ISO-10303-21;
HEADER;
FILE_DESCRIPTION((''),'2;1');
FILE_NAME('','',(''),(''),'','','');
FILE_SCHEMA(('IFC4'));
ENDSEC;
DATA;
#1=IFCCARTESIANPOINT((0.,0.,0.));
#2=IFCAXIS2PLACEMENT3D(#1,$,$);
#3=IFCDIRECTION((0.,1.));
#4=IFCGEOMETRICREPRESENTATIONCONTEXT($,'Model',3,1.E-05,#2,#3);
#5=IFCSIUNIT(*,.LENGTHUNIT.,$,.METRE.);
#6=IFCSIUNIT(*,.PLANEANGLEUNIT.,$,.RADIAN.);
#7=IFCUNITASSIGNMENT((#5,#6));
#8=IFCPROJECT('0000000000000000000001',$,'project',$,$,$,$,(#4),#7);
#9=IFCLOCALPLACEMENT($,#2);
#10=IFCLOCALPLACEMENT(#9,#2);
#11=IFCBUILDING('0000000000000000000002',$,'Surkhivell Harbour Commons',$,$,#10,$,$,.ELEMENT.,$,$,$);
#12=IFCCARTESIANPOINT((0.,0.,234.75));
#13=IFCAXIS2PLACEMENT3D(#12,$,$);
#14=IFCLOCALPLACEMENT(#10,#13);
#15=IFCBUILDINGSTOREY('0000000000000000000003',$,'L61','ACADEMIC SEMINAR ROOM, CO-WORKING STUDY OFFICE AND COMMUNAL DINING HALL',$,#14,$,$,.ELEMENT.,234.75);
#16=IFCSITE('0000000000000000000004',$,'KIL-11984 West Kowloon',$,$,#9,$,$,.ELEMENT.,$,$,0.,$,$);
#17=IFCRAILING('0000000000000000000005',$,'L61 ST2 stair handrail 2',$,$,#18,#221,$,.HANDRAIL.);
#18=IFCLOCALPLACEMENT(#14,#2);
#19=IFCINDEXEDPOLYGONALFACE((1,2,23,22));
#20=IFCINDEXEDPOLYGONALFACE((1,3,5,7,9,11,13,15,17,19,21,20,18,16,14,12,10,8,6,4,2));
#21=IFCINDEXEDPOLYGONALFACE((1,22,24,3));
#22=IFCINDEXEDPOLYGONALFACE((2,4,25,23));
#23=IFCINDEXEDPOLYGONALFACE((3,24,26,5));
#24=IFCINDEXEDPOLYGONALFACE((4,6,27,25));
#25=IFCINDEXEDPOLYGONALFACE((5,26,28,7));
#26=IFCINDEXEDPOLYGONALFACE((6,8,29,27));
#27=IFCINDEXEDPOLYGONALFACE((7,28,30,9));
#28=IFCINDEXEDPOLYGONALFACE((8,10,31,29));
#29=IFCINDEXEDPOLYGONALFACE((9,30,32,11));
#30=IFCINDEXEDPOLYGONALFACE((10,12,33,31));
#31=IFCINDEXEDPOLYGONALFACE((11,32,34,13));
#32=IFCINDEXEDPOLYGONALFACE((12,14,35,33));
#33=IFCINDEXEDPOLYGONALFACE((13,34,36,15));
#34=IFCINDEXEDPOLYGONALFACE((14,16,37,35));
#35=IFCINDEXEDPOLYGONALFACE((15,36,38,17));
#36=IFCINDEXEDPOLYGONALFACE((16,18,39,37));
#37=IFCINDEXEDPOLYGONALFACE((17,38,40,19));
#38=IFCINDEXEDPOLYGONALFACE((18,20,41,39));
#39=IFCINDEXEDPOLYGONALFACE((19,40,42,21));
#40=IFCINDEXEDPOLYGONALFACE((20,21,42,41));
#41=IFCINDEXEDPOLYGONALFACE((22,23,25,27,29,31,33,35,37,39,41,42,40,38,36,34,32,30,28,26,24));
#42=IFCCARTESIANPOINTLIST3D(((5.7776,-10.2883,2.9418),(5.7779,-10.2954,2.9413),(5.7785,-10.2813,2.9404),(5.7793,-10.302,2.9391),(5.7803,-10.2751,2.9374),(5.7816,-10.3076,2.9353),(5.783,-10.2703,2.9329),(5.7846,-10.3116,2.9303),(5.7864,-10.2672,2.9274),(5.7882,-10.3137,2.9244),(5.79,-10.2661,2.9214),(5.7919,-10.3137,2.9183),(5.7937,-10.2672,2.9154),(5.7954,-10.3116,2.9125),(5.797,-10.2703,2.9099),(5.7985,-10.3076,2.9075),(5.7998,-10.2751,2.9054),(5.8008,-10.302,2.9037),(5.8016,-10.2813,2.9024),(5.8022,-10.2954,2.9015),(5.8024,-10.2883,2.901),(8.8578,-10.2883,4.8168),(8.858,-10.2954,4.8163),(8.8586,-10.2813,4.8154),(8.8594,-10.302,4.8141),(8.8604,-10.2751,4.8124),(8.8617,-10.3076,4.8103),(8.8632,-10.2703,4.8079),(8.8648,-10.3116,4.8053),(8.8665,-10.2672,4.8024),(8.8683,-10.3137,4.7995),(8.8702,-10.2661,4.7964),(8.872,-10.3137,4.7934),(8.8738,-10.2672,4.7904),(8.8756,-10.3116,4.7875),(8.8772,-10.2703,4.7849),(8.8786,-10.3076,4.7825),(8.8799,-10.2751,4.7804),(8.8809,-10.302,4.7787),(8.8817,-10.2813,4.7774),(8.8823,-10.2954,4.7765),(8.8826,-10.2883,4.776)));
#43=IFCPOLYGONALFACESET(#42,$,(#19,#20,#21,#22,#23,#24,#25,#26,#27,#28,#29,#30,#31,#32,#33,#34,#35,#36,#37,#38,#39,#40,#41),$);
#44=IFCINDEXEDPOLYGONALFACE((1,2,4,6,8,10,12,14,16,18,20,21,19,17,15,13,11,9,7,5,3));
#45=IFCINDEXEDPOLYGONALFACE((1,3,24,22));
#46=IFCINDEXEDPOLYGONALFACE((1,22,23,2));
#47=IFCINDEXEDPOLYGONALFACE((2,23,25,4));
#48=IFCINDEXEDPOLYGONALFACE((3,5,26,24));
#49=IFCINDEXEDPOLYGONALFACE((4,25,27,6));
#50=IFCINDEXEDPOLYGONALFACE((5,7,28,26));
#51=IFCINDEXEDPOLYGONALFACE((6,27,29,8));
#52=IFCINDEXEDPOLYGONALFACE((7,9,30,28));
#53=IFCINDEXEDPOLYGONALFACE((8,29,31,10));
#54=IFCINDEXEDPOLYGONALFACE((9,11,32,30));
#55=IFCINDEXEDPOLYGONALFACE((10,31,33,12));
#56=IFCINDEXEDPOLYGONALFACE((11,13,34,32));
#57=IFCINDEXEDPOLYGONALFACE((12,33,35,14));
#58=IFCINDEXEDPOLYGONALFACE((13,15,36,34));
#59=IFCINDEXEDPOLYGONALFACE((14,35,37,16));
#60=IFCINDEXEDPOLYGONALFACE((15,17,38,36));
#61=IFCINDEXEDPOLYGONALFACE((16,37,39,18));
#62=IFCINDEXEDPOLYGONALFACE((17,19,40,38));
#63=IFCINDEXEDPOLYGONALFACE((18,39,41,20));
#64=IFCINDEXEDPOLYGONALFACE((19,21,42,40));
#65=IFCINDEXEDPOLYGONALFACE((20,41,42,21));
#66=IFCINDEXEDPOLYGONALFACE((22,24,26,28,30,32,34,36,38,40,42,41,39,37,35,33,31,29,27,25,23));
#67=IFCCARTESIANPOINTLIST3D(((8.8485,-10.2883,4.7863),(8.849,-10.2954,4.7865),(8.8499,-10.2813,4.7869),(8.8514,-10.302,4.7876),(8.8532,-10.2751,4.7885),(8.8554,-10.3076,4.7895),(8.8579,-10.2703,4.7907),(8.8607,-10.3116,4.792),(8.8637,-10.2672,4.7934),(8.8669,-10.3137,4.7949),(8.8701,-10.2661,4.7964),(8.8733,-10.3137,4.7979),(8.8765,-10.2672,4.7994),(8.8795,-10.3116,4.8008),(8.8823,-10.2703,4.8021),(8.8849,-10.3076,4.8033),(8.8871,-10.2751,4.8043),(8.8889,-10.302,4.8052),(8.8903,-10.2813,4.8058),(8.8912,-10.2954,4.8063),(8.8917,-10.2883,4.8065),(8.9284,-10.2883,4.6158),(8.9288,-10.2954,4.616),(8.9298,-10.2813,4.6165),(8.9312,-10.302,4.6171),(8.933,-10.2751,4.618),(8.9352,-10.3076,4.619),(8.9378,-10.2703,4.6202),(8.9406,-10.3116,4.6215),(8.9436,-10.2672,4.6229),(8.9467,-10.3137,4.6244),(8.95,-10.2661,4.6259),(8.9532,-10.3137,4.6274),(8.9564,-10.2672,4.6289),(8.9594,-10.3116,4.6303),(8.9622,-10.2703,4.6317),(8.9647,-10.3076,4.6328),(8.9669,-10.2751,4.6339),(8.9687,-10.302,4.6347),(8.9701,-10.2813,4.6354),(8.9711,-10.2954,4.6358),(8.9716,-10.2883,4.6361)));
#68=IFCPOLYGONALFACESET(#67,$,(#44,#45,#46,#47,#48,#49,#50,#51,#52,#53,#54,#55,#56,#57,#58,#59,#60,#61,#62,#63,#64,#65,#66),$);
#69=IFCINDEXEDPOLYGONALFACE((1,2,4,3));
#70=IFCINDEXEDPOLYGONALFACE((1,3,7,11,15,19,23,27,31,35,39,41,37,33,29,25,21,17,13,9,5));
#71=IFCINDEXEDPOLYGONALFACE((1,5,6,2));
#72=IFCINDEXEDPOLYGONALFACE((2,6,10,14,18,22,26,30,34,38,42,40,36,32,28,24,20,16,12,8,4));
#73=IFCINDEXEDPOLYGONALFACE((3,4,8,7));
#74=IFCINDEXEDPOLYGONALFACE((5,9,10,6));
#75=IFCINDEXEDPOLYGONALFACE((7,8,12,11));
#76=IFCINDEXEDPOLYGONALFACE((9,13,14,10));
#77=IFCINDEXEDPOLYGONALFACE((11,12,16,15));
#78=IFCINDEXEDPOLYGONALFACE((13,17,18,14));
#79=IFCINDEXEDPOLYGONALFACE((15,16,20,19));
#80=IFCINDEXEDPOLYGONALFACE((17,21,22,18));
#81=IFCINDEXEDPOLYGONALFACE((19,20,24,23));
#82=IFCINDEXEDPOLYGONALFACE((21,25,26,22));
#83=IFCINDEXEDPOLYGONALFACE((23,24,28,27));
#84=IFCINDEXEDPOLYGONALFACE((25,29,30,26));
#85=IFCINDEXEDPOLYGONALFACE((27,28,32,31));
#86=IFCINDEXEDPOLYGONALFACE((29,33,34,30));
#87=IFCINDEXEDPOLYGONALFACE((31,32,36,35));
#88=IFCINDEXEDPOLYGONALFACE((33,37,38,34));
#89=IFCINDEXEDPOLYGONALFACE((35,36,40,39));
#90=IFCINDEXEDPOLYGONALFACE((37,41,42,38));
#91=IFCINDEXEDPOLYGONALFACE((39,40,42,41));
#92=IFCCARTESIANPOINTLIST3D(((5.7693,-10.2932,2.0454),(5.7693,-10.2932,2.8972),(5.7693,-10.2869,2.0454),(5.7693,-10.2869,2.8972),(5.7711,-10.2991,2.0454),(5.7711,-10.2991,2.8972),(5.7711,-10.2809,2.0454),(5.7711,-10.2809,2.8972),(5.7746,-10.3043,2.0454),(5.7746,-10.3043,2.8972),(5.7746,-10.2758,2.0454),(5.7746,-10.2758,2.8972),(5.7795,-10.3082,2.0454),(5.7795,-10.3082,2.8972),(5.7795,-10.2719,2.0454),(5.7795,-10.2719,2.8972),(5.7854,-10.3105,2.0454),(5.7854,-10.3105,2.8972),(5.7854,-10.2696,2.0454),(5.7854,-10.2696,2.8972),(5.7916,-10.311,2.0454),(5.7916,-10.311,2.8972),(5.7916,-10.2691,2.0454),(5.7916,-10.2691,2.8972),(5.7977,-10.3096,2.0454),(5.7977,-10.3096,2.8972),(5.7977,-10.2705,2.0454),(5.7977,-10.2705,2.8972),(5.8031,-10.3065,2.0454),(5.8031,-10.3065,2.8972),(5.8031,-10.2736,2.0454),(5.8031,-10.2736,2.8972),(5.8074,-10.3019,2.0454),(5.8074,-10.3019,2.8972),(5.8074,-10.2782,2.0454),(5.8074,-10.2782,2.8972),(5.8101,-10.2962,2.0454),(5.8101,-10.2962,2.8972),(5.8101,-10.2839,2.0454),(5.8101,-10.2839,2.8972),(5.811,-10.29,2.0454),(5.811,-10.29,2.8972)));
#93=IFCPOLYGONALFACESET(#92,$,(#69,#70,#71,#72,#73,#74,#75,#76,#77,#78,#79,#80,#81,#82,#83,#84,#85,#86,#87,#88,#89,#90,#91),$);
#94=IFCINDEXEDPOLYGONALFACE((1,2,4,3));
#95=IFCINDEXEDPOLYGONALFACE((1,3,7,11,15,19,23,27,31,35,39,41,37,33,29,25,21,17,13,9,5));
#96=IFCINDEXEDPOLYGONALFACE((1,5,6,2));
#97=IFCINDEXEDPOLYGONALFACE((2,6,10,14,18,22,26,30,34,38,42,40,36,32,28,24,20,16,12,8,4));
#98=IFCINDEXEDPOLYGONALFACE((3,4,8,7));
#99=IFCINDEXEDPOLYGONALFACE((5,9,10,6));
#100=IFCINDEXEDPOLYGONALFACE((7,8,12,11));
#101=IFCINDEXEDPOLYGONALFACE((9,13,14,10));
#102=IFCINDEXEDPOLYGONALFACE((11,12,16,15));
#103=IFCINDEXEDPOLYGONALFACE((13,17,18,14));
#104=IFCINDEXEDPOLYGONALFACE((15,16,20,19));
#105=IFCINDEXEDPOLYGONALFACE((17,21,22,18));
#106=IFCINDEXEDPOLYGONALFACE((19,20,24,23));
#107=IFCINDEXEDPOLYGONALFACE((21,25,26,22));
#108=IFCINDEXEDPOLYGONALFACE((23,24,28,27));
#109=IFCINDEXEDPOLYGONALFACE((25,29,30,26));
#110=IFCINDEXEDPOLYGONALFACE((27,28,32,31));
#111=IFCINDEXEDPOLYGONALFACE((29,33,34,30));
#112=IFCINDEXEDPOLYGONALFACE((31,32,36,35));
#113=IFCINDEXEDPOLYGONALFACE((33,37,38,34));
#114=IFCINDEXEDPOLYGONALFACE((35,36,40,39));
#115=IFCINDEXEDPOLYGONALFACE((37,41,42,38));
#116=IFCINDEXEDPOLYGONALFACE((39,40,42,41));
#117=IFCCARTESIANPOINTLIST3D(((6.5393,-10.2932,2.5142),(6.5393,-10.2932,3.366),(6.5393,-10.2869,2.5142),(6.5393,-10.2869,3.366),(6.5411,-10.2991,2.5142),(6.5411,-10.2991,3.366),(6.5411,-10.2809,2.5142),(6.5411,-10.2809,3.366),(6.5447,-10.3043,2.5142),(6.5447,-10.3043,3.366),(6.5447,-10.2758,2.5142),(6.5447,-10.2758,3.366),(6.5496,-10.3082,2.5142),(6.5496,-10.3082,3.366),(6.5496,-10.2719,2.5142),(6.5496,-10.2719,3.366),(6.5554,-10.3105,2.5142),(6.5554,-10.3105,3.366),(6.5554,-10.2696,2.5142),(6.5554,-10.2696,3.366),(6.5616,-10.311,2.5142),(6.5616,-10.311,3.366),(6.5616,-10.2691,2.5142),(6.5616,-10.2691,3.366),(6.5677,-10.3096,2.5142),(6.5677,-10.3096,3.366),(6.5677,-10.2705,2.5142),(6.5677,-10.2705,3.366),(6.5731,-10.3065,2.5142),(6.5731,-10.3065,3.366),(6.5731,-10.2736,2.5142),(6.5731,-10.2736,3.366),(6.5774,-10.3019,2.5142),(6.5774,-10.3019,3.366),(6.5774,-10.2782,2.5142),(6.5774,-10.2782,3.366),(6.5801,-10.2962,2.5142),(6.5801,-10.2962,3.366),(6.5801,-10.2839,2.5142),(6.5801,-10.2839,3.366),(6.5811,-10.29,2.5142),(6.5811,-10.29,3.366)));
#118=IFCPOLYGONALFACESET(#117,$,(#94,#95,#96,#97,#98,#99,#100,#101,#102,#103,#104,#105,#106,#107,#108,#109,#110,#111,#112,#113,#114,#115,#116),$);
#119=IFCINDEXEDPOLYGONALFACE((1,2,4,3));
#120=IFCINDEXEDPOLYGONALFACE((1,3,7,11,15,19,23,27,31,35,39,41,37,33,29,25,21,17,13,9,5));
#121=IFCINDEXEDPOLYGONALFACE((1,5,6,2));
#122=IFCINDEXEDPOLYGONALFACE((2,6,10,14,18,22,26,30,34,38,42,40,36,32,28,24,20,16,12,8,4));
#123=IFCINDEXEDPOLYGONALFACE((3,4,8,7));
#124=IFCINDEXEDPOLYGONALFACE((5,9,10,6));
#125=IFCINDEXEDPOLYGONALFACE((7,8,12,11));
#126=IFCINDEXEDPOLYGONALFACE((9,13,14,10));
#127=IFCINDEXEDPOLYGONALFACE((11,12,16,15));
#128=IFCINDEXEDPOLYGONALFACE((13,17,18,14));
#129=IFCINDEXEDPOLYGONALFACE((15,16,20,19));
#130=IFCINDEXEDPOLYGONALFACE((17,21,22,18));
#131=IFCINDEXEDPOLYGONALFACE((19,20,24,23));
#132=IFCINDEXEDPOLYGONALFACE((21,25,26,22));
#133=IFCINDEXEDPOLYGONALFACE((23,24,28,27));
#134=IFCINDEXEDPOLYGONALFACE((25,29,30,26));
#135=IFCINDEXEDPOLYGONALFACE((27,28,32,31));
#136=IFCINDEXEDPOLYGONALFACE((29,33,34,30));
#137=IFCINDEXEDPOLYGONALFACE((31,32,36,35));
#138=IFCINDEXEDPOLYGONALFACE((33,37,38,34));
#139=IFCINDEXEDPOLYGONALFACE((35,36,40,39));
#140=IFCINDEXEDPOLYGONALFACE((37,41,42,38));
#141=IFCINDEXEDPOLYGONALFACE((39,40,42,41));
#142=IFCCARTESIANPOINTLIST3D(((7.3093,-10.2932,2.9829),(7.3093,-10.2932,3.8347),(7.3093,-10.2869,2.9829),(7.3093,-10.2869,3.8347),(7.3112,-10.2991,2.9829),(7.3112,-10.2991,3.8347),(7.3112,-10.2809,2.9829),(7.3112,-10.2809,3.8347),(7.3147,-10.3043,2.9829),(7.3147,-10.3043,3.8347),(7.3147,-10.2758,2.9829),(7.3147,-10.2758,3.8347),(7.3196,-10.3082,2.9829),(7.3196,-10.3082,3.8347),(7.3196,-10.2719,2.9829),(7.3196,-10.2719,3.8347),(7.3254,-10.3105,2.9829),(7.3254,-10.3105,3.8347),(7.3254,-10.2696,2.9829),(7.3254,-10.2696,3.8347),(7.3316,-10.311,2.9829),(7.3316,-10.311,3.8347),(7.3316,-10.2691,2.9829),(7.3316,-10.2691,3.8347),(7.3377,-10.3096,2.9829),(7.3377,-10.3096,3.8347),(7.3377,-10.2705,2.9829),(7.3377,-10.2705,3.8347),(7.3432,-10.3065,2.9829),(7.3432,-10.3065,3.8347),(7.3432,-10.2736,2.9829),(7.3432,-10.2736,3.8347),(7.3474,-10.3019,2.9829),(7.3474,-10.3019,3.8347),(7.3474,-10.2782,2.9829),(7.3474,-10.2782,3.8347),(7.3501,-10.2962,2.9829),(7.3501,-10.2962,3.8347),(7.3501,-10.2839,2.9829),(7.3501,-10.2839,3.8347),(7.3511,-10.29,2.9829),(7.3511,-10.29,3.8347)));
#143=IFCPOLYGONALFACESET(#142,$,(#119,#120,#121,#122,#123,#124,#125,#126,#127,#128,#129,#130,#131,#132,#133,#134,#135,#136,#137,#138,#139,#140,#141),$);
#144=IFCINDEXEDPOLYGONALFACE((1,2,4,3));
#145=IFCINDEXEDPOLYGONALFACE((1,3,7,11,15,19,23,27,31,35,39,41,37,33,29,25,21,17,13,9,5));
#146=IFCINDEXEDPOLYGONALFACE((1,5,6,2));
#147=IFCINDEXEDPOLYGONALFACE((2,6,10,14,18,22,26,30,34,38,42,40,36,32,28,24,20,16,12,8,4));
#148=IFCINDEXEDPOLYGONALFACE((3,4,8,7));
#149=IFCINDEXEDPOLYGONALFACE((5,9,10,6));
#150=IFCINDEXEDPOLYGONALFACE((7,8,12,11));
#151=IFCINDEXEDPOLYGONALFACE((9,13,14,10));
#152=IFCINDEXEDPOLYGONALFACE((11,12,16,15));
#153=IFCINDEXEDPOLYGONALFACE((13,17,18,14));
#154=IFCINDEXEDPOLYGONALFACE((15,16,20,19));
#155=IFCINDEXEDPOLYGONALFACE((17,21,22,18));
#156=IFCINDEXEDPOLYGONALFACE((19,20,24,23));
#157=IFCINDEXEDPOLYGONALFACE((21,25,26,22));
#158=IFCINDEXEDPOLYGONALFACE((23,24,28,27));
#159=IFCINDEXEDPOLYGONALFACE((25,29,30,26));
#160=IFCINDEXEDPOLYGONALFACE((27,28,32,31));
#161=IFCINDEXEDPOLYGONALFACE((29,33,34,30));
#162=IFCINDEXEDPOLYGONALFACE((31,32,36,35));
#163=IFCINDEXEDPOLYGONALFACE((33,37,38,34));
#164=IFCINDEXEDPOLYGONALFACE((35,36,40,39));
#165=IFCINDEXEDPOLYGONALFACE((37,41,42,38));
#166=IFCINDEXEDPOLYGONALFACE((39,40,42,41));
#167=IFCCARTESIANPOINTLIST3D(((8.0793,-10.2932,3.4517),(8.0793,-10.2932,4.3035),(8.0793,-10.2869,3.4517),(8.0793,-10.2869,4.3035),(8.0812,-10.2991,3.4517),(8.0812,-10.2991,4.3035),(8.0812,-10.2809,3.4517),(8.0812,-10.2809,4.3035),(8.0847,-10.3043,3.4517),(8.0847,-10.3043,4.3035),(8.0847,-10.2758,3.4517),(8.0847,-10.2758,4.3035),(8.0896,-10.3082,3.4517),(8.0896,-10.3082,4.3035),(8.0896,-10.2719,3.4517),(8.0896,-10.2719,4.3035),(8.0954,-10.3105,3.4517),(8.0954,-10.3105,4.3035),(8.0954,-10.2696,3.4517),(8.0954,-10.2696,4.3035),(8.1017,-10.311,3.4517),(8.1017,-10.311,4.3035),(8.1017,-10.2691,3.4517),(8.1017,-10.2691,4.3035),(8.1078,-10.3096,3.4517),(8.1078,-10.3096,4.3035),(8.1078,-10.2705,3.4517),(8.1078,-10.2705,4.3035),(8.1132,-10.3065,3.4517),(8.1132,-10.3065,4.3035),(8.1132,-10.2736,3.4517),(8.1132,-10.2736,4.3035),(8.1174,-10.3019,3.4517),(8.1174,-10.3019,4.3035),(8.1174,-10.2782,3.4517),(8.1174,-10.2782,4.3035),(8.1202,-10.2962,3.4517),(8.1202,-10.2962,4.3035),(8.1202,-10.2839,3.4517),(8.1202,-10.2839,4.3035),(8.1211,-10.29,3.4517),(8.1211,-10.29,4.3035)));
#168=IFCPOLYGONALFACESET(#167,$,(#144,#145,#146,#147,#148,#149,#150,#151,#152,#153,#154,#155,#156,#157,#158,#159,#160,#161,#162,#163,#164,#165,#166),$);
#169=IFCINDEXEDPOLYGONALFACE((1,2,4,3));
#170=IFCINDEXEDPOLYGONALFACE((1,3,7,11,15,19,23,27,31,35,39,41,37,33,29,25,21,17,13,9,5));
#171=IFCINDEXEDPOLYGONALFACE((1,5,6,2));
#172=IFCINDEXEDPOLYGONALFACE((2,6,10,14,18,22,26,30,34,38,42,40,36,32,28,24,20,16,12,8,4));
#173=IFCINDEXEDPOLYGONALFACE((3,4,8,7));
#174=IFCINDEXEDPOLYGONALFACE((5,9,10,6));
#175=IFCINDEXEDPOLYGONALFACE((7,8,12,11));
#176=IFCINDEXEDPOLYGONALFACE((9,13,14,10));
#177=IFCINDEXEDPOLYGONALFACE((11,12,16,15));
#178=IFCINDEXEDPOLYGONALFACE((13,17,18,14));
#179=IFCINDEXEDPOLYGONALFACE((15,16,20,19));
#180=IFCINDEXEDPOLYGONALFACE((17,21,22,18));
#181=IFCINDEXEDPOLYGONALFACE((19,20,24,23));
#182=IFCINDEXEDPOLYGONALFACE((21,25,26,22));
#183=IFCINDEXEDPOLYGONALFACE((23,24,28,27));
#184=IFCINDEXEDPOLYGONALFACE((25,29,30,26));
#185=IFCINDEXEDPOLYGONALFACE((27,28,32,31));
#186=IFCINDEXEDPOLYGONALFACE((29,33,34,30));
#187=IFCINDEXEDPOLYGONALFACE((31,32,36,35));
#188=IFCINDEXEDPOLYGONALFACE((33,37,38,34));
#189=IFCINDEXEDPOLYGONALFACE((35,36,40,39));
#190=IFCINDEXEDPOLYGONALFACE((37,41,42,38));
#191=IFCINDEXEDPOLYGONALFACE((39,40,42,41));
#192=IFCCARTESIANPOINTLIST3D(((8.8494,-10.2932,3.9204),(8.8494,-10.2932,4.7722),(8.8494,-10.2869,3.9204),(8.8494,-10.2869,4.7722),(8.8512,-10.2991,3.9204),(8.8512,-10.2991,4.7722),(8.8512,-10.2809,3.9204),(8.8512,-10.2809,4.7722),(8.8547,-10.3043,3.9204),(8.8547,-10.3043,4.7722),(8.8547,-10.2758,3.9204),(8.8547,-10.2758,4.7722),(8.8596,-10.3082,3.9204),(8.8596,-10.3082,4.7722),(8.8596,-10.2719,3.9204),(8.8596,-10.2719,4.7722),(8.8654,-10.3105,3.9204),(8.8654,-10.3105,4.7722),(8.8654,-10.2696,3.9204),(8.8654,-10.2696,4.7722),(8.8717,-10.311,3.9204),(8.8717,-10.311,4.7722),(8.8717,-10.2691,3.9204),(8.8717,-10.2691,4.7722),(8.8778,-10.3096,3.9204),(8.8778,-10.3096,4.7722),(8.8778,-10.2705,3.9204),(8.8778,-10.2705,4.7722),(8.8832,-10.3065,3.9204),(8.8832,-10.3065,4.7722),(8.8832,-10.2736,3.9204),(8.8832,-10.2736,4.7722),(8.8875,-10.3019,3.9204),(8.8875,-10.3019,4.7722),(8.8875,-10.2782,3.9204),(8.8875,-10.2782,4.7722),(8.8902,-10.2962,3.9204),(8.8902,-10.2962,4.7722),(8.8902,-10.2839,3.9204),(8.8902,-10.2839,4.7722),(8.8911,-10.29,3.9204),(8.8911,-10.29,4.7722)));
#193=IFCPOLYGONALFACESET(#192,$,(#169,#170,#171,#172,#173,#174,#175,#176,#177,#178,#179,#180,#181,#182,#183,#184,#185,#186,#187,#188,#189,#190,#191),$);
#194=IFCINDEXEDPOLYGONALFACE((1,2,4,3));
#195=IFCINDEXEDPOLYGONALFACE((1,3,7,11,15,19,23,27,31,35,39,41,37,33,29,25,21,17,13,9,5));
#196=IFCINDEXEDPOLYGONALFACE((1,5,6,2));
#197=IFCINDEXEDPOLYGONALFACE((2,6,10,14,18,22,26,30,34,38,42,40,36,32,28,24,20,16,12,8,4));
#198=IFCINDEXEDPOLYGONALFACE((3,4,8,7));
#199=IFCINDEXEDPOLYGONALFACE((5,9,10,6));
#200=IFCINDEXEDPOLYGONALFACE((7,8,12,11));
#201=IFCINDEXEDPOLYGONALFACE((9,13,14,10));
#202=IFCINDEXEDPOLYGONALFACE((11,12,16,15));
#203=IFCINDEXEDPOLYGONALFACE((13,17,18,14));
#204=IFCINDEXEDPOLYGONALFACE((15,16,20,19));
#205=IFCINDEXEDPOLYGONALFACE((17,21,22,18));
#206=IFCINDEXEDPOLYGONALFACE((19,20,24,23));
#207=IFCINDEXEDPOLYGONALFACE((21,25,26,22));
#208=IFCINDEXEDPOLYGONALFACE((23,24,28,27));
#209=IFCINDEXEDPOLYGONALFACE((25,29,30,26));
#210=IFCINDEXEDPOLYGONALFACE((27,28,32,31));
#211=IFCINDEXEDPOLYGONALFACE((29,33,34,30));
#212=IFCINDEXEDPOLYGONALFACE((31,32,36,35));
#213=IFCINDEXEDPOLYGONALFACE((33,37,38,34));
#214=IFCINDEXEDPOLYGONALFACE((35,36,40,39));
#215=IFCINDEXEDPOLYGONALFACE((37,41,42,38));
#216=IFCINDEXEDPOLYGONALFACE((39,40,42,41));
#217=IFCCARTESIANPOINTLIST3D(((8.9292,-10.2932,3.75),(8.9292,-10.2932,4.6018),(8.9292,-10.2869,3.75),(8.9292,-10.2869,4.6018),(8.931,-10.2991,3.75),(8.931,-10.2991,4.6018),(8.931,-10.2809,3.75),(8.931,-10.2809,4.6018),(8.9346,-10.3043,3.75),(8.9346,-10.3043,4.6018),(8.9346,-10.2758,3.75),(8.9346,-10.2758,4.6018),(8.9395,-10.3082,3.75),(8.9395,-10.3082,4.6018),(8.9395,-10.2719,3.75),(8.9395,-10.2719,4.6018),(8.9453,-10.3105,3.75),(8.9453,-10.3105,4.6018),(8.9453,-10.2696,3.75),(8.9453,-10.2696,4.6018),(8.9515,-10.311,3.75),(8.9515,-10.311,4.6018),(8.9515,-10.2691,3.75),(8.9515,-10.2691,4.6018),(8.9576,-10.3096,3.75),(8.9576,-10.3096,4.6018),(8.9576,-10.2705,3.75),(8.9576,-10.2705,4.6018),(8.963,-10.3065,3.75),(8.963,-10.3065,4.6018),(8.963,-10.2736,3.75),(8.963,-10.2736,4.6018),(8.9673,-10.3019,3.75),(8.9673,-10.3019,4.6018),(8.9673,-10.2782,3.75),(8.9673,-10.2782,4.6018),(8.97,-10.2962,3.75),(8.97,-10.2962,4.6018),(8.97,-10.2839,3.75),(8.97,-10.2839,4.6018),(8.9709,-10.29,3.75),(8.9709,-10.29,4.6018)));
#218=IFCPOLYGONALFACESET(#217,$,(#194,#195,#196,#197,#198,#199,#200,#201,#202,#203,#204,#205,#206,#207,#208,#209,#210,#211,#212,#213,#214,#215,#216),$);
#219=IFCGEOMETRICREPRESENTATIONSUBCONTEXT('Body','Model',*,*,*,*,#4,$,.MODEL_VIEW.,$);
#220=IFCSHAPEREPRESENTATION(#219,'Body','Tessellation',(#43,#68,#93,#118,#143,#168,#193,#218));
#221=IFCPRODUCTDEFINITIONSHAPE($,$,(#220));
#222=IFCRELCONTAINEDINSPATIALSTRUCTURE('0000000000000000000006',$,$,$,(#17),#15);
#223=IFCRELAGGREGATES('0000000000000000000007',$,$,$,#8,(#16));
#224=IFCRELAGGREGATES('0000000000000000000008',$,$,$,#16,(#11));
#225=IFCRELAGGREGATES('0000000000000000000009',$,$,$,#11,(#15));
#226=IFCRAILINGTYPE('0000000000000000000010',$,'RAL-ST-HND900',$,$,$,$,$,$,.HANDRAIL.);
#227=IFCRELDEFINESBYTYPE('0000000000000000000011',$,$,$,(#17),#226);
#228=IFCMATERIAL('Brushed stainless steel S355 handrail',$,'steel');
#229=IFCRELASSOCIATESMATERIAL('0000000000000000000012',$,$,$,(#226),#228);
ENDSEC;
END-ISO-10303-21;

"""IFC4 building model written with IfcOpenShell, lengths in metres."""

from ifc_helpers import new_model, si_unit, direction, frame, origin, origin_2d, place, context, subcontext, project, spatial, circle, extrude, material, type_object, element, save


model = new_model("IFC4")

# Units and contexts
model_context = context("Model", 3, precision=1e-05, world=origin(), true_north=direction((0.0, 1.0)))
body_context = subcontext(model_context, "Body", "Model", "MODEL_VIEW")
ifc_project = project(units=[si_unit("LENGTHUNIT", "METRE"), si_unit("PLANEANGLEUNIT", "RADIAN")], contexts=[model_context])

# Site, building, storey
site_placement = place(None, origin())
site = spatial("IfcSite", under=ifc_project, at=site_placement, Name="KIL-11984 West Kowloon", CompositionType="ELEMENT", RefElevation=0.0)
building_placement = place(site_placement, origin())
building = spatial("IfcBuilding", under=site, at=building_placement, Name="Surkhivell Harbour Commons", CompositionType="ELEMENT")
storey_placement = place(building_placement, frame((0.0, 0.0, 234.75)))
storey = spatial("IfcBuildingStorey", under=building, at=storey_placement, Name="L61", Description="ACADEMIC SEMINAR ROOM, CO-WORKING STUDY OFFICE AND COMMUNAL DINING HALL", CompositionType="ELEMENT", Elevation=234.75)

# Railing
ifc_material_1 = material(Name="Brushed stainless steel S355 handrail", Category="steel")
railing_type_1 = type_object("IfcRailingType", Name="RAL-ST-HND900", PredefinedType="HANDRAIL", material=ifc_material_1)
railing_1_placement = place(storey_placement, frame((5.79, -10.29, 2.0454)))
element("IfcRailing", 1, at=railing_1_placement, inside=storey, type_object=railing_type_1, Name="L61 ST2 stair handrail 2", PredefinedType="HANDRAIL", context=body_context, shape_type="SweptSolid", body=[
    extrude(circle(Radius=0.0239, at=origin_2d()), frame((0.0, 0.0, 0.876), z_axis=(0.854178, 0.0, 0.519981), x_axis=(0.0, 1.0, 0.0)), (0.0, 0.0, 1.0), 3.606),
    extrude(circle(Radius=0.0239, at=origin_2d()), frame((3.0801, 0.0, 2.751), z_axis=(0.424234, 0.0, -0.905552), x_axis=(0.0, 1.0, 0.0)), (0.0, 0.0, 1.0), 0.1882),
    extrude(circle(Radius=0.021, at=origin_2d()), origin(), (0.0, 0.0, 1.0), 0.8518),
    extrude(circle(Radius=0.021, at=origin_2d()), frame((0.77, 0.0, 0.4688)), (0.0, 0.0, 1.0), 0.8518),
    extrude(circle(Radius=0.021, at=origin_2d()), frame((1.54, 0.0, 0.9375)), (0.0, 0.0, 1.0), 0.8518),
    extrude(circle(Radius=0.021, at=origin_2d()), frame((2.3101, 0.0, 1.4062)), (0.0, 0.0, 1.0), 0.8518),
    extrude(circle(Radius=0.021, at=origin_2d()), frame((3.0801, 0.0, 1.875)), (0.0, 0.0, 1.0), 0.8518),
    extrude(circle(Radius=0.021, at=origin_2d()), frame((3.1599, 0.0, 1.7046)), (0.0, 0.0, 1.0), 0.8518),
])

save(model, "model.ifc")
